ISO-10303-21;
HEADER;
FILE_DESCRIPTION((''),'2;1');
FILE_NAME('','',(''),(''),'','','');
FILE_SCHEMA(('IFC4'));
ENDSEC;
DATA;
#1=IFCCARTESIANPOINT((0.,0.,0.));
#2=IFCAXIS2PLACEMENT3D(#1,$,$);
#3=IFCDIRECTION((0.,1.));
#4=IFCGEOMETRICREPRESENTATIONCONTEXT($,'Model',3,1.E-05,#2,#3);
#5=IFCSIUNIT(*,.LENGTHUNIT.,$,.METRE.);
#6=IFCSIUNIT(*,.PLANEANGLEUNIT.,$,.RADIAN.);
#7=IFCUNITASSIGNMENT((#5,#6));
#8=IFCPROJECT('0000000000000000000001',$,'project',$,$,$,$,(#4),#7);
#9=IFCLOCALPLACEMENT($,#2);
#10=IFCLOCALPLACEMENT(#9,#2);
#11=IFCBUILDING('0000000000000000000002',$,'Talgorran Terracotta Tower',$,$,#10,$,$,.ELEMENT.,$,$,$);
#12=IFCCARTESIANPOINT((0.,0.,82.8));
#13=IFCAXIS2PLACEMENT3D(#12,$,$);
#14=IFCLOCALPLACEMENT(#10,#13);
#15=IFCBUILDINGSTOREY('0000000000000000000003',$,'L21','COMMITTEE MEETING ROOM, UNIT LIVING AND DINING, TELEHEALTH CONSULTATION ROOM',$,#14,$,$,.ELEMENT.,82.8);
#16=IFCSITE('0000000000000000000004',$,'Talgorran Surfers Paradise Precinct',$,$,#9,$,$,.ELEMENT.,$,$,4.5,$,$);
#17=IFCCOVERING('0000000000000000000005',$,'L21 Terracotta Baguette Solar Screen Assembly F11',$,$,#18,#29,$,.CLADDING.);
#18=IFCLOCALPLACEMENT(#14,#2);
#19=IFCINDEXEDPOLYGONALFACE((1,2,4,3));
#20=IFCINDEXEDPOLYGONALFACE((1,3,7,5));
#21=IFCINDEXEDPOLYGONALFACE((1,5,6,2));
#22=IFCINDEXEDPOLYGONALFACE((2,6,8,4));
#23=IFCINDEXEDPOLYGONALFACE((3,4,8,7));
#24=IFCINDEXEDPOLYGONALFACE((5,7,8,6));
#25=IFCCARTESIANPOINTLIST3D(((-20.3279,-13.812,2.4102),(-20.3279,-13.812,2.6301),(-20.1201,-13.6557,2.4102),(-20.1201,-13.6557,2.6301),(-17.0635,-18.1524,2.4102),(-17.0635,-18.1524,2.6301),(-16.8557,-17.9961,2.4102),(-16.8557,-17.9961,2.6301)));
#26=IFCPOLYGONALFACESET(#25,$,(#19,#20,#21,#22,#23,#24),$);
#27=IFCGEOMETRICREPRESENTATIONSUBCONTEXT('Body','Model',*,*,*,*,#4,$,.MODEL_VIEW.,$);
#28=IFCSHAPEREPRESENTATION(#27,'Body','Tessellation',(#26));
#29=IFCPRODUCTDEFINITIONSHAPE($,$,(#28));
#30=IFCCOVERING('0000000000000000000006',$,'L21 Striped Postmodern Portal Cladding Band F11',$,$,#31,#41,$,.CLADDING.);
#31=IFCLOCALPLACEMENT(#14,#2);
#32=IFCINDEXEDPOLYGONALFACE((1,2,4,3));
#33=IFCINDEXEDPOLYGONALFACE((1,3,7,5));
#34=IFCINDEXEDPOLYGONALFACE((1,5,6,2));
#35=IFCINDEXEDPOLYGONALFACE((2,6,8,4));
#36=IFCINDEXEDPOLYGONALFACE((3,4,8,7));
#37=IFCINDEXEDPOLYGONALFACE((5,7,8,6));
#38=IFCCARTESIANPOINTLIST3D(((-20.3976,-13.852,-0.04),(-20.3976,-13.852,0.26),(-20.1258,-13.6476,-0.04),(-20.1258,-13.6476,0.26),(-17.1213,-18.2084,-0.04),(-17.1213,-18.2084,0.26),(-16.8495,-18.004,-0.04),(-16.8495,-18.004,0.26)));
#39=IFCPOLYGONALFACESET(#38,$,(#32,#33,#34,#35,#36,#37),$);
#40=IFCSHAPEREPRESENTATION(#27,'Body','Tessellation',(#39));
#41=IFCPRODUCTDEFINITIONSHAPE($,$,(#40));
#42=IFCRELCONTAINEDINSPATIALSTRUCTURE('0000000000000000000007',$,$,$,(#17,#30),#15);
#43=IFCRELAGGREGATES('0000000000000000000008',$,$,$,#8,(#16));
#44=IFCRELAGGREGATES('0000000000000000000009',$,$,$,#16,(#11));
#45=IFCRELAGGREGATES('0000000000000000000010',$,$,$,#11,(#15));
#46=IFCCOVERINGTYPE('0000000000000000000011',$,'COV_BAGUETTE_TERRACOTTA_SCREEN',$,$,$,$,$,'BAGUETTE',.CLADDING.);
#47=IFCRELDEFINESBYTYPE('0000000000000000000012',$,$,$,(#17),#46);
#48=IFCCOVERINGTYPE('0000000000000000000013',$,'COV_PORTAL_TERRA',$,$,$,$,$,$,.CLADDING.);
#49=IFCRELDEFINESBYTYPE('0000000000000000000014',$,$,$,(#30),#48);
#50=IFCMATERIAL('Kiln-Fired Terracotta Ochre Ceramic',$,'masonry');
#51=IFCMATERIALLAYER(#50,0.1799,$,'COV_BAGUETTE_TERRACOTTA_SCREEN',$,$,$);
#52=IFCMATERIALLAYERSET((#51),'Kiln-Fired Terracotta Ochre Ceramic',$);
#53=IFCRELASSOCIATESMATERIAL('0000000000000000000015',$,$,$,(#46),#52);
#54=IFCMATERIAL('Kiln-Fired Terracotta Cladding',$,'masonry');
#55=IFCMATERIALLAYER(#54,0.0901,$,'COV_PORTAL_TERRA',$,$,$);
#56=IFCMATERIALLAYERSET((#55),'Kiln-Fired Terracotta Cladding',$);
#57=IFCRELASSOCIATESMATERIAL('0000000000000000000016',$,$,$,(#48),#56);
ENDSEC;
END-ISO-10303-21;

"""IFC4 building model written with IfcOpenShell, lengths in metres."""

from ifc_helpers import new_model, si_unit, direction, frame, origin, origin_2d, place, context, subcontext, project, spatial, rectangle, extrude, material, layer, layer_set, type_object, element, save


model = new_model("IFC4")

# Units and contexts
model_context = context("Model", 3, precision=1e-05, world=origin(), true_north=direction((0.0, 1.0)))
body_context = subcontext(model_context, "Body", "Model", "MODEL_VIEW")
ifc_project = project(units=[si_unit("LENGTHUNIT", "METRE"), si_unit("PLANEANGLEUNIT", "RADIAN")], contexts=[model_context])

# Site, building, storey
site_placement = place(None, origin())
site = spatial("IfcSite", under=ifc_project, at=site_placement, Name="Talgorran Surfers Paradise Precinct", CompositionType="ELEMENT", RefElevation=4.5)
building_placement = place(site_placement, origin())
building = spatial("IfcBuilding", under=site, at=building_placement, Name="Talgorran Terracotta Tower", CompositionType="ELEMENT")
storey_placement = place(building_placement, frame((0.0, 0.0, 82.8)))
storey = spatial("IfcBuildingStorey", under=building, at=storey_placement, Name="L21", Description="COMMITTEE MEETING ROOM, UNIT LIVING AND DINING, TELEHEALTH CONSULTATION ROOM", CompositionType="ELEMENT", Elevation=82.8)

# Coverings
ifc_material_1 = material(Name="Kiln-Fired Terracotta Ochre Ceramic", Category="masonry")
ifc_layer_1 = layer(ifc_material_1, 0.1799, Name="COV_BAGUETTE_TERRACOTTA_SCREEN")
ifc_layer_set_1 = layer_set([ifc_layer_1], Name="Kiln-Fired Terracotta Ochre Ceramic")
covering_type_1 = type_object("IfcCoveringType", Name="COV_BAGUETTE_TERRACOTTA_SCREEN", ElementType="BAGUETTE", PredefinedType="CLADDING", material=ifc_layer_set_1)
covering_1_placement = place(storey_placement, frame((-18.5918, -15.9041, 2.4102), z_axis=(0.0, 0.0, 1.0), x_axis=(0.601062, -0.799202, 0.0)))
element("IfcCovering", 1, at=covering_1_placement, inside=storey, type_object=covering_type_1, Name="L21 Terracotta Baguette Solar Screen Assembly F11", PredefinedType="CLADDING", context=body_context, shape_type="SweptSolid", body=[
    extrude(rectangle(XDim=5.4309, YDim=0.26, at=origin_2d()), origin(), (0.0, 0.0, 1.0), 0.22),
])
ifc_material_2 = material(Name="Kiln-Fired Terracotta Cladding", Category="masonry")
ifc_layer_2 = layer(ifc_material_2, 0.0901, Name="COV_PORTAL_TERRA")
ifc_layer_set_2 = layer_set([ifc_layer_2], Name="Kiln-Fired Terracotta Cladding")
covering_type_2 = type_object("IfcCoveringType", Name="COV_PORTAL_TERRA", PredefinedType="CLADDING", material=ifc_layer_set_2)
covering_2_placement = place(storey_placement, frame((-18.6235, -15.928, -0.04), z_axis=(0.0, 0.0, 1.0), x_axis=(0.601062, -0.799202, 0.0)))
element("IfcCovering", 2, at=covering_2_placement, inside=storey, type_object=covering_type_2, Name="L21 Striped Postmodern Portal Cladding Band F11", PredefinedType="CLADDING", context=body_context, shape_type="SweptSolid", body=[
    extrude(rectangle(XDim=5.4509, YDim=0.3401, at=origin_2d()), origin(), (0.0, 0.0, 1.0), 0.3),
])

save(model, "model.ifc")
